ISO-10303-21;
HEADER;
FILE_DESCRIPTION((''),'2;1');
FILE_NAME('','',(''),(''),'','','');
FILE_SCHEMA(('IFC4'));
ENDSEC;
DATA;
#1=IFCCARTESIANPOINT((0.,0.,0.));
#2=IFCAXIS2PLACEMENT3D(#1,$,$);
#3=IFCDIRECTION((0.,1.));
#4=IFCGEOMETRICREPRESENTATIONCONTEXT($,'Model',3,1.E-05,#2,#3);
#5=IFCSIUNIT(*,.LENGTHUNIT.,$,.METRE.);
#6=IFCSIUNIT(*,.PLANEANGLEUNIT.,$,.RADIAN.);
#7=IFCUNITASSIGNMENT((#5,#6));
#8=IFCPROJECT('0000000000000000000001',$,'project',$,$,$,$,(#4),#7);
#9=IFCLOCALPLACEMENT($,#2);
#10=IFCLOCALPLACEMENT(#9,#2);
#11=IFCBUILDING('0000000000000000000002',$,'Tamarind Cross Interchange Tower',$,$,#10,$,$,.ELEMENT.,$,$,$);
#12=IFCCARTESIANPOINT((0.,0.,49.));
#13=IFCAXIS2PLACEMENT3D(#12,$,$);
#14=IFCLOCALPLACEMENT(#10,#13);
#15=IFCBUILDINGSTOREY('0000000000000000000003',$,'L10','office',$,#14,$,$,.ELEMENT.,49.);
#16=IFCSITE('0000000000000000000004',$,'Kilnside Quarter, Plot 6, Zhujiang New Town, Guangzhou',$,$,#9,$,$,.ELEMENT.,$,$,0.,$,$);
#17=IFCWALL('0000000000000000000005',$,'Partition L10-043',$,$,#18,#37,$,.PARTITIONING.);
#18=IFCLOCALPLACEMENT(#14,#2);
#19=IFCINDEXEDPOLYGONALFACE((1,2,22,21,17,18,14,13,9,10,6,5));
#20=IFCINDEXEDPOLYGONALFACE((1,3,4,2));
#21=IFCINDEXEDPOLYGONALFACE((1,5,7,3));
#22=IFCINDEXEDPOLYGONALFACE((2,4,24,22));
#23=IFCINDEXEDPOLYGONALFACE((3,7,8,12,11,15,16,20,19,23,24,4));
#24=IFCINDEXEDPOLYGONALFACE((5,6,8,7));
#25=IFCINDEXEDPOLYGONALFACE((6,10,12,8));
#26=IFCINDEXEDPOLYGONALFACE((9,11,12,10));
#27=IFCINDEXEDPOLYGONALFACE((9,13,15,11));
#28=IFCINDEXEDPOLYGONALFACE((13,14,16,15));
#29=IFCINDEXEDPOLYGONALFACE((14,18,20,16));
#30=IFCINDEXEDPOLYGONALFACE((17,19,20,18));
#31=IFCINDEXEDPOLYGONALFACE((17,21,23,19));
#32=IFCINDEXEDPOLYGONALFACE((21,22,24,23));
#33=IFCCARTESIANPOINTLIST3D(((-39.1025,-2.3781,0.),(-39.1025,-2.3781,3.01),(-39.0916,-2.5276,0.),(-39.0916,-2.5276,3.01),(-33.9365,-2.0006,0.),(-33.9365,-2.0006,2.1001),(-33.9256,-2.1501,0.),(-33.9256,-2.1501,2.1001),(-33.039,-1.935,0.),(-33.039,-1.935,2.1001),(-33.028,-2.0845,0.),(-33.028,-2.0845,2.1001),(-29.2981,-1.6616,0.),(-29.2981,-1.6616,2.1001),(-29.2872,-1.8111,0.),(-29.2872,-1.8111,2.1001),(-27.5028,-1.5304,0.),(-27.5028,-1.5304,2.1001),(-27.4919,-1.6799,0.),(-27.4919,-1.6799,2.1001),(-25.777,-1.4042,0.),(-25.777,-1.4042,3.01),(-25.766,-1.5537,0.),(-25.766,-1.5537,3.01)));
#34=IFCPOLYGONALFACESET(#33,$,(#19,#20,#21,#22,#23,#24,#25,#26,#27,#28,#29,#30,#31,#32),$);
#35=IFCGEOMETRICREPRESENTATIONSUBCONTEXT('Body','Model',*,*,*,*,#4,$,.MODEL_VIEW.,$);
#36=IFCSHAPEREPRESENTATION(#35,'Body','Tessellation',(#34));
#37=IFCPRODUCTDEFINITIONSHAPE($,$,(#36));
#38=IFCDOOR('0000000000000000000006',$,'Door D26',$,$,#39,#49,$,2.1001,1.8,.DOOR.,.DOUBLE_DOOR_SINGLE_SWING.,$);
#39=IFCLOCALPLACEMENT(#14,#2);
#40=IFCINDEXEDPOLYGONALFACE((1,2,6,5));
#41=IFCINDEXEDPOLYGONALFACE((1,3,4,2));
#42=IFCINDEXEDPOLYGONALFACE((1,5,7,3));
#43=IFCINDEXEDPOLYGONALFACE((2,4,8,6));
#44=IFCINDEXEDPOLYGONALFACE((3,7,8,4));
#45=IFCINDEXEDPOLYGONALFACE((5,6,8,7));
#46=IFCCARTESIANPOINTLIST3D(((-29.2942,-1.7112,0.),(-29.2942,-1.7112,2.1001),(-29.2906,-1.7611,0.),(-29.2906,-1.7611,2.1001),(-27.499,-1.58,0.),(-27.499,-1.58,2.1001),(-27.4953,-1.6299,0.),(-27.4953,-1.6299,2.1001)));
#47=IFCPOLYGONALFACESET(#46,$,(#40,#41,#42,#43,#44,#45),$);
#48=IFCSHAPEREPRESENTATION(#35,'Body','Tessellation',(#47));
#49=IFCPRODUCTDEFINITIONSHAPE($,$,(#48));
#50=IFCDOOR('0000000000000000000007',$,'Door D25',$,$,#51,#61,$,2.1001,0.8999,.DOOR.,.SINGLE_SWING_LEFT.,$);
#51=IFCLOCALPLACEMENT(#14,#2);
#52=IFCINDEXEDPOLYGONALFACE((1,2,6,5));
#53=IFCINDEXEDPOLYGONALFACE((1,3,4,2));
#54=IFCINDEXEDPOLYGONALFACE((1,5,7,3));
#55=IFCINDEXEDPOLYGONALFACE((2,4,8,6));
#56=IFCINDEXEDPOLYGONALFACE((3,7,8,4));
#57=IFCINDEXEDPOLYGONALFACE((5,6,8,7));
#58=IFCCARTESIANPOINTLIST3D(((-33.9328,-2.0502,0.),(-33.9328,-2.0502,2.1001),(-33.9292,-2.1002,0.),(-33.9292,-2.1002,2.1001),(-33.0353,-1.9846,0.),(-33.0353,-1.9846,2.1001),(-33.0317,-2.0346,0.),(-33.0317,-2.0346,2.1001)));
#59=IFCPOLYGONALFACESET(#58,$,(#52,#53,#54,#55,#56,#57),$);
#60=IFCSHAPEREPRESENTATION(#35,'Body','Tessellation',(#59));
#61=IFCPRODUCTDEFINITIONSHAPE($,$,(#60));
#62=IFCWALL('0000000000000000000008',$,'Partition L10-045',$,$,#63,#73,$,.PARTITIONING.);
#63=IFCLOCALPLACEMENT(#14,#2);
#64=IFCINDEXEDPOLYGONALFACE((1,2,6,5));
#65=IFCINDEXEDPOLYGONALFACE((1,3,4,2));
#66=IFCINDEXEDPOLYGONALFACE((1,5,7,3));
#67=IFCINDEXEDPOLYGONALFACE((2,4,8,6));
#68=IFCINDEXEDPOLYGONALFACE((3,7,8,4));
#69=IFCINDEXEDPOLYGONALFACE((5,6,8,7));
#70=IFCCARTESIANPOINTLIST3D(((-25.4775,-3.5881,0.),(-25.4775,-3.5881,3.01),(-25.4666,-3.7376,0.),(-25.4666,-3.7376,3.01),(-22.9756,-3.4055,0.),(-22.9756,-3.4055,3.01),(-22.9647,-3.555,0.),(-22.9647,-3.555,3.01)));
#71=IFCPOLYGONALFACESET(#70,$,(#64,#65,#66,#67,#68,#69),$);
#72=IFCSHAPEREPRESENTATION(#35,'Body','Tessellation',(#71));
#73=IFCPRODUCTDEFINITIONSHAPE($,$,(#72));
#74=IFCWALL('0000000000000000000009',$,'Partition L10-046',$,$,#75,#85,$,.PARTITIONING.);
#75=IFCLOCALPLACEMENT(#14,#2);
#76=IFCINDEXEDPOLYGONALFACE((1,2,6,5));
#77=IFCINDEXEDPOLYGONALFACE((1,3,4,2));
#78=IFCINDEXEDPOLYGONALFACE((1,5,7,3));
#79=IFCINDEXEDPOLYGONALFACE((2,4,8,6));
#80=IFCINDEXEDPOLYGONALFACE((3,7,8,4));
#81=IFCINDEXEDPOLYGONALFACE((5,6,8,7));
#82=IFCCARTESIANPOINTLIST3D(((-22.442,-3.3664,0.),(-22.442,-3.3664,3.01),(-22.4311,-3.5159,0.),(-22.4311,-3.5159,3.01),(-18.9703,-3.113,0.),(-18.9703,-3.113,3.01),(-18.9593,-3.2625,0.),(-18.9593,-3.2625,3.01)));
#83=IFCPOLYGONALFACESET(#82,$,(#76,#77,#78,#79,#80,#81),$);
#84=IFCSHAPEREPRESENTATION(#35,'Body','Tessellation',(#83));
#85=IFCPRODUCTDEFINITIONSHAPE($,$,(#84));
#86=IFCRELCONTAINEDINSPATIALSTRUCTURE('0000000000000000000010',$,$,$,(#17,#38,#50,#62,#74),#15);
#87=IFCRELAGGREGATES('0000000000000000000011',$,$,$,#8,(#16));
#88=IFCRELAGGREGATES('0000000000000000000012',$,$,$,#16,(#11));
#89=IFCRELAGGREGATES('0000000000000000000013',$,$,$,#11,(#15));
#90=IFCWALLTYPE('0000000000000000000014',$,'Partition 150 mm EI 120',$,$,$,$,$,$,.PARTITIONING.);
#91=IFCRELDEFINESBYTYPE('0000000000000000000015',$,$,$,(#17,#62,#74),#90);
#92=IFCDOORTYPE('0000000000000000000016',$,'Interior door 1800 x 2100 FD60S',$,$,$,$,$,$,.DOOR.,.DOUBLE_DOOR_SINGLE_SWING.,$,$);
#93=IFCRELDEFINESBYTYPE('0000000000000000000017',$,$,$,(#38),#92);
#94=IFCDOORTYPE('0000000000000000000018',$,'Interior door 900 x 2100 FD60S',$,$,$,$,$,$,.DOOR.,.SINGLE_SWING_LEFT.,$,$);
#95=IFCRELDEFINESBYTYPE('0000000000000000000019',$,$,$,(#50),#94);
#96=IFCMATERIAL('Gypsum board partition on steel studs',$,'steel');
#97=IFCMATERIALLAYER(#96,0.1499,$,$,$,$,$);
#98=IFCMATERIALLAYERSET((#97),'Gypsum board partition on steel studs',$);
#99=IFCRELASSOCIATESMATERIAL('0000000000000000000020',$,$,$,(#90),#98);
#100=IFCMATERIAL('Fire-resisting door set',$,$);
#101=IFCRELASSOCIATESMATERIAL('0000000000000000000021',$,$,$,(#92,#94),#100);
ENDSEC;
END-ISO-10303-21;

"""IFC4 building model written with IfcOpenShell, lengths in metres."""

from ifc_helpers import new_model, si_unit, direction, frame, frame_2d, origin, place, context, subcontext, project, spatial, rectangle, extrude, material, layer, layer_set, type_object, element, fill, save


model = new_model("IFC4")

# Units and contexts
model_context = context("Model", 3, precision=1e-05, world=origin(), true_north=direction((0.0, 1.0)))
body_context = subcontext(model_context, "Body", "Model", "MODEL_VIEW")
ifc_project = project(units=[si_unit("LENGTHUNIT", "METRE"), si_unit("PLANEANGLEUNIT", "RADIAN")], contexts=[model_context])

# Site, building, storey
site_placement = place(None, origin())
site = spatial("IfcSite", under=ifc_project, at=site_placement, Name="Kilnside Quarter, Plot 6, Zhujiang New Town, Guangzhou", CompositionType="ELEMENT", RefElevation=0.0)
building_placement = place(site_placement, origin())
building = spatial("IfcBuilding", under=site, at=building_placement, Name="Tamarind Cross Interchange Tower", CompositionType="ELEMENT")
storey_placement = place(building_placement, frame((0.0, 0.0, 49.0)))
storey = spatial("IfcBuildingStorey", under=building, at=storey_placement, Name="L10", Description="office", CompositionType="ELEMENT", Elevation=49.0)

# Shared definitions
ifc_material_1 = material(Name="Gypsum board partition on steel studs", Category="steel")
ifc_layer_1 = layer(ifc_material_1, 0.1499)
ifc_layer_set_1 = layer_set([ifc_layer_1], Name="Gypsum board partition on steel studs")
wall_type_1 = type_object("IfcWallType", Name="Partition 150 mm EI 120", PredefinedType="PARTITIONING", material=ifc_layer_set_1)

# Wall, openings, doors
wall_1_placement = place(storey_placement, frame((-39.0972, -2.4529, 0.0), z_axis=(0.0, 0.0, 1.0), x_axis=(0.99734, 0.07289, 0.0)))
wall_1 = element("IfcWall", 1, at=wall_1_placement, inside=storey, type_object=wall_type_1, Name="Partition L10-043", PredefinedType="PARTITIONING", context=body_context, shape_type="SweptSolid", body=[
    extrude(rectangle(XDim=13.3611, YDim=0.1499, at=frame_2d((6.6807, 0.0))), origin(), (0.0, 0.0, 1.0), 3.01),
])
opening_1_placement = place(wall_1_placement, frame((5.1799, 0.0, 0.0)))
opening_1 = element("IfcOpeningElement", 2, at=opening_1_placement, cuts=wall_1, PredefinedType="OPENING", context=body_context, shape_type="SweptSolid", body=[
    extrude(rectangle(XDim=0.8999, YDim=2.1001, at=frame_2d((0.45, 1.05))), frame((0.0, 0.085, 0.0), z_axis=(0.0, -1.0, 0.0), x_axis=(1.0, 0.0, 0.0)), (0.0, 0.0, 1.0), 0.1699),
])
opening_2_placement = place(wall_1_placement, frame((9.8308, 0.0, 0.0)))
opening_2 = element("IfcOpeningElement", 3, at=opening_2_placement, cuts=wall_1, PredefinedType="OPENING", context=body_context, shape_type="SweptSolid", body=[
    extrude(rectangle(XDim=1.8, YDim=2.1001, at=frame_2d((0.8999, 1.05))), frame((0.0, 0.085, 0.0), z_axis=(0.0, -1.0, 0.0), x_axis=(1.0, 0.0, 0.0)), (0.0, 0.0, 1.0), 0.1699),
])
ifc_material_2 = material(Name="Fire-resisting door set")
door_type_1 = type_object("IfcDoorType", Name="Interior door 1800 x 2100 FD60S", OperationType="DOUBLE_DOOR_SINGLE_SWING", PredefinedType="DOOR", material=ifc_material_2)
door_1_placement = place(opening_2_placement, frame((1.8, 0.0, 0.0), z_axis=(0.0, 0.0, 1.0), x_axis=(-1.0, 0.0, 0.0)))
door_1 = element("IfcDoor", 4, at=door_1_placement, inside=storey, type_object=door_type_1, Name="Door D26", OperationType="DOUBLE_DOOR_SINGLE_SWING", OverallHeight=2.1001, OverallWidth=1.8, PredefinedType="DOOR", context=body_context, shape_type="SweptSolid", body=[
    extrude(rectangle(XDim=1.8, YDim=2.1001, at=frame_2d((0.8999, 1.05))), frame((0.0, 0.0249, 0.0), z_axis=(0.0, -1.0, 0.0), x_axis=(1.0, 0.0, 0.0)), (0.0, 0.0, 1.0), 0.05),
])
fill(opening_2, door_1)
door_type_2 = type_object("IfcDoorType", Name="Interior door 900 x 2100 FD60S", OperationType="SINGLE_SWING_LEFT", PredefinedType="DOOR", material=ifc_material_2)
door_2_placement = place(opening_1_placement, frame((0.8999, 0.0, 0.0), z_axis=(0.0, 0.0, 1.0), x_axis=(-1.0, 0.0, 0.0)))
door_2 = element("IfcDoor", 5, at=door_2_placement, inside=storey, type_object=door_type_2, Name="Door D25", OperationType="SINGLE_SWING_LEFT", OverallHeight=2.1001, OverallWidth=0.8999, PredefinedType="DOOR", context=body_context, shape_type="SweptSolid", body=[
    extrude(rectangle(XDim=0.8999, YDim=2.1001, at=frame_2d((0.45, 1.05))), frame((0.0, 0.0249, 0.0), z_axis=(0.0, -1.0, 0.0), x_axis=(1.0, 0.0, 0.0)), (0.0, 0.0, 1.0), 0.05),
])
fill(opening_1, door_2)

# Walls
wall_2_placement = place(storey_placement, frame((-25.4722, -3.6628, 0.0), z_axis=(0.0, 0.0, 1.0), x_axis=(0.997347, 0.072796, 0.0)))
element("IfcWall", 6, at=wall_2_placement, inside=storey, type_object=wall_type_1, Name="Partition L10-045", PredefinedType="PARTITIONING", context=body_context, shape_type="SweptSolid", body=[
    extrude(rectangle(XDim=2.5085, YDim=0.1499, at=frame_2d((1.2544, 0.0))), origin(), (0.0, 0.0, 1.0), 3.01),
])
wall_3_placement = place(storey_placement, frame((-22.4365, -3.4412, 0.0), z_axis=(0.0, 0.0, 1.0), x_axis=(0.997346, 0.072802, 0.0)))
element("IfcWall", 7, at=wall_3_placement, inside=storey, type_object=wall_type_1, Name="Partition L10-046", PredefinedType="PARTITIONING", context=body_context, shape_type="SweptSolid", body=[
    extrude(rectangle(XDim=3.481, YDim=0.1499, at=frame_2d((1.7405, 0.0))), origin(), (0.0, 0.0, 1.0), 3.01),
])

save(model, "model.ifc")
